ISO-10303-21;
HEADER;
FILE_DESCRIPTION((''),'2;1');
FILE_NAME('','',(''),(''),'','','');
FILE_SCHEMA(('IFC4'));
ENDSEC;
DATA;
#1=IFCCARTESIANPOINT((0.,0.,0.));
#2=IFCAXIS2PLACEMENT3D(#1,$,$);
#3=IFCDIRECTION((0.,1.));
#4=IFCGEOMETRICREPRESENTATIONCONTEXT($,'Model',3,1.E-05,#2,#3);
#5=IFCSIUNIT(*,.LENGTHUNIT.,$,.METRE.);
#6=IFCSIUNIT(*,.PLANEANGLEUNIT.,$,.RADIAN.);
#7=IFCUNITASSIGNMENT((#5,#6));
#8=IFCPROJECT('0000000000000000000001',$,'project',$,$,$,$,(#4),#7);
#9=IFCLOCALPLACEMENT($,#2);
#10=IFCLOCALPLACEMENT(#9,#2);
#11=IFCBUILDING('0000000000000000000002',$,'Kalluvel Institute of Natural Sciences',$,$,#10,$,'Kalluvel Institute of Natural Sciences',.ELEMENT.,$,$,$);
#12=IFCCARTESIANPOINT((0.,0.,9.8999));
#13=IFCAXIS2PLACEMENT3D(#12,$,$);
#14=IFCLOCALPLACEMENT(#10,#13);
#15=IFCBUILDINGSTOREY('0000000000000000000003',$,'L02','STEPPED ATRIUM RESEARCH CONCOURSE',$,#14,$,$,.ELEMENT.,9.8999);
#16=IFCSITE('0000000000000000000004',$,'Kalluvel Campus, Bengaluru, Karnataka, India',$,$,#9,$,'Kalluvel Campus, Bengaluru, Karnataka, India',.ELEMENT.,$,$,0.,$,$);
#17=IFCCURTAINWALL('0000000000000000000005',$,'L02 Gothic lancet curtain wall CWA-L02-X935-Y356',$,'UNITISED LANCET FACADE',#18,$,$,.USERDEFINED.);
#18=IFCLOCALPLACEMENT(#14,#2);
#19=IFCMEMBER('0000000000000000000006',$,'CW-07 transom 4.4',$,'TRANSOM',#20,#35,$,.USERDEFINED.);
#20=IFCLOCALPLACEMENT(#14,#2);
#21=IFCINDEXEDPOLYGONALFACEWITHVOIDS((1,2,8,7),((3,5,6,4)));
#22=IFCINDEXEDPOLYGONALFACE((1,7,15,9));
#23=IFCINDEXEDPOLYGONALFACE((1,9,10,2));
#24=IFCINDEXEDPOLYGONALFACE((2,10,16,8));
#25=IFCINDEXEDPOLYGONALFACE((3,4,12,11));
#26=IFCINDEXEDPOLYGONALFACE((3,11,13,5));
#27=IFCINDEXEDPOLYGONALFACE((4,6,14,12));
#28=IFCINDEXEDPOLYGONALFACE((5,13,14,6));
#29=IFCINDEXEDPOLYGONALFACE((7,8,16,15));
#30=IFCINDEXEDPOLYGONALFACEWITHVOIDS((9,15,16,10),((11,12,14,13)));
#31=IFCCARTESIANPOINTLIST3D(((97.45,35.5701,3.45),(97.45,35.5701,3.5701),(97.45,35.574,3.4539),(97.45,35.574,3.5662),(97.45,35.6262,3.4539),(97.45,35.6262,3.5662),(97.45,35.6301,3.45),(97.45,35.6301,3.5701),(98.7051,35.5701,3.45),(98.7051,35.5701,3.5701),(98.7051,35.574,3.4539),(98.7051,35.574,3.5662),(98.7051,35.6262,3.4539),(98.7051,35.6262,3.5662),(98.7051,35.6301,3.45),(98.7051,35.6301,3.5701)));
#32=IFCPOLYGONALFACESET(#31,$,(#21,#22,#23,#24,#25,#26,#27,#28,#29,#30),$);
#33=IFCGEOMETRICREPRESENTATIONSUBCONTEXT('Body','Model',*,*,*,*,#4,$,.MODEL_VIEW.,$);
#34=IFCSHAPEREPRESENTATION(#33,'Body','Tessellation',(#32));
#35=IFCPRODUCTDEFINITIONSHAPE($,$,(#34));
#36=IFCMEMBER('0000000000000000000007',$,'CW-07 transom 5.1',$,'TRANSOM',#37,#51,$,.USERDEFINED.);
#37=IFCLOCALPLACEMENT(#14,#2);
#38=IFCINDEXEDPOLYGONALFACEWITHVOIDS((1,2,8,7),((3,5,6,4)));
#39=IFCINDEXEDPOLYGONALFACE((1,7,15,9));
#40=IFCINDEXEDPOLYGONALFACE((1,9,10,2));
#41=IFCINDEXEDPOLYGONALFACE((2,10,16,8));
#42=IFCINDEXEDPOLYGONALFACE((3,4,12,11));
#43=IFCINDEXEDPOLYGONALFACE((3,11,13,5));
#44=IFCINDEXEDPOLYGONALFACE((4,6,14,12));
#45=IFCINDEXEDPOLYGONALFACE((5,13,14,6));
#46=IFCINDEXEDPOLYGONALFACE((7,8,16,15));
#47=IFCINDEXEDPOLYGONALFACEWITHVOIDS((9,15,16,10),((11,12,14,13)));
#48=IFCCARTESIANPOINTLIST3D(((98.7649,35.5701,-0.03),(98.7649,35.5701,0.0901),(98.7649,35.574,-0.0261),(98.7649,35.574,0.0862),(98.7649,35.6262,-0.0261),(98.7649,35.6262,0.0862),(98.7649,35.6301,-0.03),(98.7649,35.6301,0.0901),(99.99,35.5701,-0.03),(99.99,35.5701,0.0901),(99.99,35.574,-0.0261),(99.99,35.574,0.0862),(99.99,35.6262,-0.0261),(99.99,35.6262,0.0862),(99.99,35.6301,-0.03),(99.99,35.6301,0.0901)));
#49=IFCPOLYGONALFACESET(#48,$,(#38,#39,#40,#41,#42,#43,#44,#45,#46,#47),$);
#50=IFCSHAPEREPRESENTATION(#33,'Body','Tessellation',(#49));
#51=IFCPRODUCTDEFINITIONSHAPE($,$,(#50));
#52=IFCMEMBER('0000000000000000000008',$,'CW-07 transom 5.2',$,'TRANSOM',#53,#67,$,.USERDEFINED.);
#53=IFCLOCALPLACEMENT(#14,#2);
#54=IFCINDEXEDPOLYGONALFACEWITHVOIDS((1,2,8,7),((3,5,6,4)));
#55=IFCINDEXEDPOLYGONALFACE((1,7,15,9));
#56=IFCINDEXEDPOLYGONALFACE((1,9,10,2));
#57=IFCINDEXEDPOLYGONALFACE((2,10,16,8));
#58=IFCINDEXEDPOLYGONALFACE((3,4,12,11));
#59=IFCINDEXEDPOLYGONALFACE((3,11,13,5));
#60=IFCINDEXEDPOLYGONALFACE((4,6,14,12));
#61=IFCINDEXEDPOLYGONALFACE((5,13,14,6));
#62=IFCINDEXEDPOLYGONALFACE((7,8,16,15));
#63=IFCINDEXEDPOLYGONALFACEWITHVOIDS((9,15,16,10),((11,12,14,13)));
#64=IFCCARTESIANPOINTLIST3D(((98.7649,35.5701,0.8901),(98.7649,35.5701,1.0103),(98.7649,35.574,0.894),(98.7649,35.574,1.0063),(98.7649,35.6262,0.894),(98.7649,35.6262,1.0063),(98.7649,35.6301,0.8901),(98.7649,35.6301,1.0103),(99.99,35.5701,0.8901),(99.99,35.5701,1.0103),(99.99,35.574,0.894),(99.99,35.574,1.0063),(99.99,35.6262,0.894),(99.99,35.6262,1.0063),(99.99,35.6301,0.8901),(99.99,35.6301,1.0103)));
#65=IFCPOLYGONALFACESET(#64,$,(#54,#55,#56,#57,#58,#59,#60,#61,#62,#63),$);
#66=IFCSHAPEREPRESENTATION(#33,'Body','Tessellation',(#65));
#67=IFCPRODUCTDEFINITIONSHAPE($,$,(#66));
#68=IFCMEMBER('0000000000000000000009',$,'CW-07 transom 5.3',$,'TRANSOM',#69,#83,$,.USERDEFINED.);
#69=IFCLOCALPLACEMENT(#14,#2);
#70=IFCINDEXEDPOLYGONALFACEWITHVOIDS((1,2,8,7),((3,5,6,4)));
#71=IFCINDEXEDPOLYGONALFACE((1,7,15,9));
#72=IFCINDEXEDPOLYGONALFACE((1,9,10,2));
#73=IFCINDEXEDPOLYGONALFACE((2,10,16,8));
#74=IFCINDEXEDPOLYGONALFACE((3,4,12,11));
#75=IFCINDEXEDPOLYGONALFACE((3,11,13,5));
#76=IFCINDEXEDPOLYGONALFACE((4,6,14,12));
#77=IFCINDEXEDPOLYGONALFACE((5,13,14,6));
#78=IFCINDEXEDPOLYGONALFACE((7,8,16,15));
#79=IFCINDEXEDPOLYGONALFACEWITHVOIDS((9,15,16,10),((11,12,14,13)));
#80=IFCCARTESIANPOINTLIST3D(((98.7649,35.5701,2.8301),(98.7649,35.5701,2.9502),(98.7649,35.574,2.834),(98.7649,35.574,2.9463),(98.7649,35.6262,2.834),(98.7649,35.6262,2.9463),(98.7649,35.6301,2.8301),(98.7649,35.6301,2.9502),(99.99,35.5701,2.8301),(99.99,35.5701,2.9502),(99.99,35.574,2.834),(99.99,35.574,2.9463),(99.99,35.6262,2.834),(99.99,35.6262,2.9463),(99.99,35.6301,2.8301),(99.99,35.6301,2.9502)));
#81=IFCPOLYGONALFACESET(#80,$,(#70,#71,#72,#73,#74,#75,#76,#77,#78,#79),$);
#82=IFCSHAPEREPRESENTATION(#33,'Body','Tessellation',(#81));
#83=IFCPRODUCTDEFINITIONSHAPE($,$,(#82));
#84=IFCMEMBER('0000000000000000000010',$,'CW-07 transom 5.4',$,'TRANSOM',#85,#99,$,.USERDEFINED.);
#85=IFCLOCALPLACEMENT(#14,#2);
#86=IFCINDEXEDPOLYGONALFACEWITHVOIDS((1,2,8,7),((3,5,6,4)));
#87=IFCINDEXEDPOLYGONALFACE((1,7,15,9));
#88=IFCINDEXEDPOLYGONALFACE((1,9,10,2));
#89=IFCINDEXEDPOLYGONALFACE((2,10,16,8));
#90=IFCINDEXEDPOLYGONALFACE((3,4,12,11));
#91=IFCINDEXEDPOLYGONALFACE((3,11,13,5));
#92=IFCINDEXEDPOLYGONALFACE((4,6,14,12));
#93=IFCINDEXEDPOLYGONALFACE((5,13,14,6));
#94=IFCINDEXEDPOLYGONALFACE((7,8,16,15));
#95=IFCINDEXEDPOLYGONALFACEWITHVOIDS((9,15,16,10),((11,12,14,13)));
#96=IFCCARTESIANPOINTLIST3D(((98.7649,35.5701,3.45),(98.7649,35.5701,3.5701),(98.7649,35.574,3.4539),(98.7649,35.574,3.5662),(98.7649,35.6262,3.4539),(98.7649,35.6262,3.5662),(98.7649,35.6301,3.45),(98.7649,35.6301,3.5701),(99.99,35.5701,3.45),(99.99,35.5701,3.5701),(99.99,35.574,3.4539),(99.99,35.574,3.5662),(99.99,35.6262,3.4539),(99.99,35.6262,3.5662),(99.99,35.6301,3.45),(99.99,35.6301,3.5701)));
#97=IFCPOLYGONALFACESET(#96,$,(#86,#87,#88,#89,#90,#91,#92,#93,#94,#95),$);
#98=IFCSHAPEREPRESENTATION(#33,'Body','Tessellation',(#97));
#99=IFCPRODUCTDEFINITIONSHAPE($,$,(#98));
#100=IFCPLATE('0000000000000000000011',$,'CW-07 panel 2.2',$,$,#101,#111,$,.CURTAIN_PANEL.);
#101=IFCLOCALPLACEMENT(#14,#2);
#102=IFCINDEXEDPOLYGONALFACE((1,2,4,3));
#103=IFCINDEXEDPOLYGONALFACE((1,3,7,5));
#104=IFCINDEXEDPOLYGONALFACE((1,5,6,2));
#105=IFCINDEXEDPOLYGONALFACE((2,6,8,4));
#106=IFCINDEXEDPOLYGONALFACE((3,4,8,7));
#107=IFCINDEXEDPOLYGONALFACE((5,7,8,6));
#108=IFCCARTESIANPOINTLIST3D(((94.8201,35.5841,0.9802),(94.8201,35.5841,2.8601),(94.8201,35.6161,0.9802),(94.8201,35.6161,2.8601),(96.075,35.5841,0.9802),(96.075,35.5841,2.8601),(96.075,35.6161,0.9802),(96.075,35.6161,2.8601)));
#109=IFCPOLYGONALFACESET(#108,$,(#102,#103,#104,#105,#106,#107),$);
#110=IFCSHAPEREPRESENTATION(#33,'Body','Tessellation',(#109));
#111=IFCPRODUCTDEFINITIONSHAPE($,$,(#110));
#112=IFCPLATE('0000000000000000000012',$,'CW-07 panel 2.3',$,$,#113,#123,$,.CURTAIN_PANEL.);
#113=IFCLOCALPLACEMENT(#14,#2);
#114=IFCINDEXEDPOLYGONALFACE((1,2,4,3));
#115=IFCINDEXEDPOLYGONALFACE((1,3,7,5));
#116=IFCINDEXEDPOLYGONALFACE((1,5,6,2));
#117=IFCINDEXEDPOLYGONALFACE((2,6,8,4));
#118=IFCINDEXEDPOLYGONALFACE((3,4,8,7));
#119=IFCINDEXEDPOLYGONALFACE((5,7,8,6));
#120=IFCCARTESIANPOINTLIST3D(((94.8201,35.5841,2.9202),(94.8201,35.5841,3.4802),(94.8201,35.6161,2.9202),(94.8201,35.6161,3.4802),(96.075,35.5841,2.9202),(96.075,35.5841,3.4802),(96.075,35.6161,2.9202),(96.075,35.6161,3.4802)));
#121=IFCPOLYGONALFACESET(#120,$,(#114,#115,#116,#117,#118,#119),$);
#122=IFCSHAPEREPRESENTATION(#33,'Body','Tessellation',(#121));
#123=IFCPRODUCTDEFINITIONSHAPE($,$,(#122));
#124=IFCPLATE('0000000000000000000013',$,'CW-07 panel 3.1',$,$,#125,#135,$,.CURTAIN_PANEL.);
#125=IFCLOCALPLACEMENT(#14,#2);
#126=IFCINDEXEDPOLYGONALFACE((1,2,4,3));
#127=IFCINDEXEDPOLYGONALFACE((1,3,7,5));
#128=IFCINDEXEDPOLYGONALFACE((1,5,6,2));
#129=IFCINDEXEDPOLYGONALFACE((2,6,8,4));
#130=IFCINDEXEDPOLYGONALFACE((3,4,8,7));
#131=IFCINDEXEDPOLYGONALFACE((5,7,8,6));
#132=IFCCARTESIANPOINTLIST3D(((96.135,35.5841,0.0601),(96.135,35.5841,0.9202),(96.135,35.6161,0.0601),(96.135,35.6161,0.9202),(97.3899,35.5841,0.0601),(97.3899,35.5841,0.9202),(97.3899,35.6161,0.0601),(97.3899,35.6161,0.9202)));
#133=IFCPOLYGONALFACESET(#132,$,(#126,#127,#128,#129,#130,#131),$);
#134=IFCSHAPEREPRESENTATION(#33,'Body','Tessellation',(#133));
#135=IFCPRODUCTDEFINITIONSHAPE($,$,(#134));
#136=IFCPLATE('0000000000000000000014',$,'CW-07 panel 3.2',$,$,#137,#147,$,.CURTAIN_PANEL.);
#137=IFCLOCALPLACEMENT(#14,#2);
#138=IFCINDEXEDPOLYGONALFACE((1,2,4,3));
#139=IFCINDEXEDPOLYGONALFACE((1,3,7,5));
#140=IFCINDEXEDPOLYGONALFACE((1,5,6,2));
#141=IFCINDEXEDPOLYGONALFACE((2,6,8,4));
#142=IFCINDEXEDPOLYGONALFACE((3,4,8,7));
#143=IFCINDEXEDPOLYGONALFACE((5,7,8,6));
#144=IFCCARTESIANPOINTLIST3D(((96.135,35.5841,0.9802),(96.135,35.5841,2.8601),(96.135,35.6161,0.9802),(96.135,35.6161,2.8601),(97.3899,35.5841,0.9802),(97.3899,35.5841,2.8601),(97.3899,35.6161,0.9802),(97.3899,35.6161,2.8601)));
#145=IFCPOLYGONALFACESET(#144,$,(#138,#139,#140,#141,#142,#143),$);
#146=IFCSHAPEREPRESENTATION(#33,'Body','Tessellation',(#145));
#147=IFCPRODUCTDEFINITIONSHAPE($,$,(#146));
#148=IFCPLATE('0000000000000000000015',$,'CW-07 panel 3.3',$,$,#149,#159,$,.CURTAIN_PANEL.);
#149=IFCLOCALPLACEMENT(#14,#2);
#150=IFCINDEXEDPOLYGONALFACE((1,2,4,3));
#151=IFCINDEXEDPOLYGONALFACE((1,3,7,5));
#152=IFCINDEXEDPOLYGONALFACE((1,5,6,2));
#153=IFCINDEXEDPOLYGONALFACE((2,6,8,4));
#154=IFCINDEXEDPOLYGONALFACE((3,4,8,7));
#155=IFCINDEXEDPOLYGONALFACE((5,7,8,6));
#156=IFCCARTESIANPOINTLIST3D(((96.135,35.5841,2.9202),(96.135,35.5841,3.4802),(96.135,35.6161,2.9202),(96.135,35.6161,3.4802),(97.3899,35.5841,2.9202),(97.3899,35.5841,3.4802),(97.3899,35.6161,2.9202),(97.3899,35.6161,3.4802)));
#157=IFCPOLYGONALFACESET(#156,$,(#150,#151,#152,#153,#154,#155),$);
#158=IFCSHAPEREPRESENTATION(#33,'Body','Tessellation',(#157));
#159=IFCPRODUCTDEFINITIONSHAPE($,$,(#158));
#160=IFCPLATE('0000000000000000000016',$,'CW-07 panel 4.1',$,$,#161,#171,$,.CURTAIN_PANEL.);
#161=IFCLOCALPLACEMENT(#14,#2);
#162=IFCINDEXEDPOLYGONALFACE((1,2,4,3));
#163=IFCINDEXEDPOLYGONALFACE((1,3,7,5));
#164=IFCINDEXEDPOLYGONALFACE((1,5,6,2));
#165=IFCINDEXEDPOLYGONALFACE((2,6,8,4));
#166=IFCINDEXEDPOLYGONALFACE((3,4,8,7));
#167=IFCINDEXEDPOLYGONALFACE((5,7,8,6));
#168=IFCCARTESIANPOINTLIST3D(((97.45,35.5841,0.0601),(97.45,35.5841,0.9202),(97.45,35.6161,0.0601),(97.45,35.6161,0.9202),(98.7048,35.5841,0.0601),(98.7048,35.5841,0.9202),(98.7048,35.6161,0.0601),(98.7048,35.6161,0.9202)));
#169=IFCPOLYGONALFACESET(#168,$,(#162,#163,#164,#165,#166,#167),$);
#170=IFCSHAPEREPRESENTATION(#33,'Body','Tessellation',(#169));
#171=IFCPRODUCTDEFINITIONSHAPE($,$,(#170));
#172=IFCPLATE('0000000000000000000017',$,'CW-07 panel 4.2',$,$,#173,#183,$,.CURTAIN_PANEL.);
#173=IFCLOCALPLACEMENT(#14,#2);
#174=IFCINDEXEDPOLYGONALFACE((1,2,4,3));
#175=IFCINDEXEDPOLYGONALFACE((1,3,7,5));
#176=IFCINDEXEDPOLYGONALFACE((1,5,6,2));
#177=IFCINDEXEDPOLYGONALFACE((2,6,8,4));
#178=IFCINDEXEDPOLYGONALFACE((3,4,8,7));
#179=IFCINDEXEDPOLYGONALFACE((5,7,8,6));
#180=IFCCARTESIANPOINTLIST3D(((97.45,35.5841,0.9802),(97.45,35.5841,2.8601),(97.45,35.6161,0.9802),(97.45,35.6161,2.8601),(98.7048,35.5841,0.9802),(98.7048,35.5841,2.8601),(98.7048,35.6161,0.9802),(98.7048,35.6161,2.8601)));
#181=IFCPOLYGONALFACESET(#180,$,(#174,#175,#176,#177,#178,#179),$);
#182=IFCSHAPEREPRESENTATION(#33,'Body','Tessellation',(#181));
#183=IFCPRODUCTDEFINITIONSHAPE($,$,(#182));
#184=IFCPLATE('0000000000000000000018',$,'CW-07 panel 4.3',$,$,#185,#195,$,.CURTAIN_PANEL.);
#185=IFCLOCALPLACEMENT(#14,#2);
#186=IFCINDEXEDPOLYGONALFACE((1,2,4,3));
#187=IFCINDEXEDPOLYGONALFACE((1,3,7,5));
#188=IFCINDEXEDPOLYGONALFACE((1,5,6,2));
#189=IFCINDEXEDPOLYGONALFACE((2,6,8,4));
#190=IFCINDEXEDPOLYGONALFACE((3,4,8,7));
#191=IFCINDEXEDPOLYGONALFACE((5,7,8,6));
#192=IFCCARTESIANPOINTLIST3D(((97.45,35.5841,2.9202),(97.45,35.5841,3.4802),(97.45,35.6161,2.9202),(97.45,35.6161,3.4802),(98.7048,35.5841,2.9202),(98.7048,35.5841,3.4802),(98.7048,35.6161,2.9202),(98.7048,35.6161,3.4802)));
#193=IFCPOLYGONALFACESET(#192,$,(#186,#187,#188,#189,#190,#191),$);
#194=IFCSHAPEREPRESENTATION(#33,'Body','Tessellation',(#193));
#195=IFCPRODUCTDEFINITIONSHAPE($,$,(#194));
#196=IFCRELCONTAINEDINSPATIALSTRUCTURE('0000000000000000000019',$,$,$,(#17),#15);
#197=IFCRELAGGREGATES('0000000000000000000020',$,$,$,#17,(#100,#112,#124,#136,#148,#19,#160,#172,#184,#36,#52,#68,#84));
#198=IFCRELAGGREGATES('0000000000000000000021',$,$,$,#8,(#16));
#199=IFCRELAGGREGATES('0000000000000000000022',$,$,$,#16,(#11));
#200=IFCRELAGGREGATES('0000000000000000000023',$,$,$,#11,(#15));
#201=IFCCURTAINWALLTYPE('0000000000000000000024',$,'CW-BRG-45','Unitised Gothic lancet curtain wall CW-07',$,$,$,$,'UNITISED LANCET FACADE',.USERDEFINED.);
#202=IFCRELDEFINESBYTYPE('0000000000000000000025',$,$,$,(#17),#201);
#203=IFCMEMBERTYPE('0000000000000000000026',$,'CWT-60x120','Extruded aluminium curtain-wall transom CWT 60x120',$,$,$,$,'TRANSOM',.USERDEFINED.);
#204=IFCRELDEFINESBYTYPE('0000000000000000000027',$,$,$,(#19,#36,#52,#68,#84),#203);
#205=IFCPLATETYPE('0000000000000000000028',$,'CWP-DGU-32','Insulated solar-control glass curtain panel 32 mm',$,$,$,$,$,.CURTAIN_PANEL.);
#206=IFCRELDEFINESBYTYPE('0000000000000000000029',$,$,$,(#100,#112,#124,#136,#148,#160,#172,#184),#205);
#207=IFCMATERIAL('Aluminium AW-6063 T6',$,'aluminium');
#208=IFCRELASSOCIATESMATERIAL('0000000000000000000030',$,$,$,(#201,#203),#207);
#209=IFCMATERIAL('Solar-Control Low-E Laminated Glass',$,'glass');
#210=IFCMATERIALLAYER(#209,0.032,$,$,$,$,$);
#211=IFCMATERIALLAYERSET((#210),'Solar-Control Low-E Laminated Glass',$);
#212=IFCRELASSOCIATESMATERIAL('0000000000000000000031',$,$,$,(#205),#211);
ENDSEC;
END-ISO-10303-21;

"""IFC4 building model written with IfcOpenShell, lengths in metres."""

from ifc_helpers import new_model, si_unit, direction, frame, origin, origin_2d, place, context, subcontext, project, spatial, rectangle, hollow_rectangle, extrude, material, layer, layer_set, material_profile, profile_set, type_object, element, aggregate, save


model = new_model("IFC4")

# Units and contexts
model_context = context("Model", 3, precision=1e-05, world=origin(), true_north=direction((0.0, 1.0)))
body_context = subcontext(model_context, "Body", "Model", "MODEL_VIEW")
ifc_project = project(units=[si_unit("LENGTHUNIT", "METRE"), si_unit("PLANEANGLEUNIT", "RADIAN")], contexts=[model_context])

# Site, building, storey
site_placement = place(None, origin())
site = spatial("IfcSite", under=ifc_project, at=site_placement, Name="Kalluvel Campus, Bengaluru, Karnataka, India", LongName="Kalluvel Campus, Bengaluru, Karnataka, India", CompositionType="ELEMENT", RefElevation=0.0)
building_placement = place(site_placement, origin())
building = spatial("IfcBuilding", under=site, at=building_placement, Name="Kalluvel Institute of Natural Sciences", LongName="Kalluvel Institute of Natural Sciences", CompositionType="ELEMENT")
storey_placement = place(building_placement, frame((0.0, 0.0, 9.8999)))
storey = spatial("IfcBuildingStorey", under=building, at=storey_placement, Name="L02", Description="STEPPED ATRIUM RESEARCH CONCOURSE", CompositionType="ELEMENT", Elevation=9.8999)

# Curtain wall, members, plates
ifc_material_1 = material(Name="Aluminium AW-6063 T6", Category="aluminium")
curtain_wall_type = type_object("IfcCurtainWallType", Name="CW-BRG-45", Description="Unitised Gothic lancet curtain wall CW-07", ElementType="UNITISED LANCET FACADE", PredefinedType="USERDEFINED", material=ifc_material_1)
curtain_wall_placement = place(storey_placement, origin())
curtain_wall = element("IfcCurtainWall", 1, at=curtain_wall_placement, inside=storey, type_object=curtain_wall_type, Name="L02 Gothic lancet curtain wall CWA-L02-X935-Y356", ObjectType="UNITISED LANCET FACADE", PredefinedType="USERDEFINED")
ifc_material_profile_1 = material_profile(ifc_material_1, hollow_rectangle(XDim=0.0601, YDim=0.1201, WallThickness=0.0039, at=origin_2d()), Name="CWT 60x120")
ifc_profile_set_1 = profile_set([ifc_material_profile_1], Name="Aluminium AW-6063 T6")
member_type_1 = type_object("IfcMemberType", Name="CWT-60x120", Description="Extruded aluminium curtain-wall transom CWT 60x120", ElementType="TRANSOM", PredefinedType="USERDEFINED", material=ifc_profile_set_1)
member_1_placement = place(storey_placement, frame((97.45, 35.6001, 3.51), z_axis=(1.0, 0.0, 0.0), x_axis=(0.0, 1.0, 0.0)))
member_1 = element("IfcMember", 2, at=member_1_placement, type_object=member_type_1, Name="CW-07 transom 4.4", ObjectType="TRANSOM", PredefinedType="USERDEFINED", context=body_context, shape_type="SweptSolid", body=[
    extrude(hollow_rectangle(XDim=0.0601, YDim=0.1201, WallThickness=0.0039, at=origin_2d()), origin(), (0.0, 0.0, 1.0), 1.2551),
])
member_2_placement = place(storey_placement, frame((98.7649, 35.6001, 0.03), z_axis=(1.0, 0.0, 0.0), x_axis=(0.0, 1.0, 0.0)))
member_2 = element("IfcMember", 3, at=member_2_placement, type_object=member_type_1, Name="CW-07 transom 5.1", ObjectType="TRANSOM", PredefinedType="USERDEFINED", context=body_context, shape_type="SweptSolid", body=[
    extrude(hollow_rectangle(XDim=0.0601, YDim=0.1201, WallThickness=0.0039, at=origin_2d()), origin(), (0.0, 0.0, 1.0), 1.2251),
])
member_3_placement = place(storey_placement, frame((98.7649, 35.6001, 0.9502), z_axis=(1.0, 0.0, 0.0), x_axis=(0.0, 1.0, 0.0)))
member_3 = element("IfcMember", 4, at=member_3_placement, type_object=member_type_1, Name="CW-07 transom 5.2", ObjectType="TRANSOM", PredefinedType="USERDEFINED", context=body_context, shape_type="SweptSolid", body=[
    extrude(hollow_rectangle(XDim=0.0601, YDim=0.1201, WallThickness=0.0039, at=origin_2d()), origin(), (0.0, 0.0, 1.0), 1.2251),
])
member_4_placement = place(storey_placement, frame((98.7649, 35.6001, 2.8901), z_axis=(1.0, 0.0, 0.0), x_axis=(0.0, 1.0, 0.0)))
member_4 = element("IfcMember", 5, at=member_4_placement, type_object=member_type_1, Name="CW-07 transom 5.3", ObjectType="TRANSOM", PredefinedType="USERDEFINED", context=body_context, shape_type="SweptSolid", body=[
    extrude(hollow_rectangle(XDim=0.0601, YDim=0.1201, WallThickness=0.0039, at=origin_2d()), origin(), (0.0, 0.0, 1.0), 1.2251),
])
member_5_placement = place(storey_placement, frame((98.7649, 35.6001, 3.51), z_axis=(1.0, 0.0, 0.0), x_axis=(0.0, 1.0, 0.0)))
member_5 = element("IfcMember", 6, at=member_5_placement, type_object=member_type_1, Name="CW-07 transom 5.4", ObjectType="TRANSOM", PredefinedType="USERDEFINED", context=body_context, shape_type="SweptSolid", body=[
    extrude(hollow_rectangle(XDim=0.0601, YDim=0.1201, WallThickness=0.0039, at=origin_2d()), origin(), (0.0, 0.0, 1.0), 1.2251),
])
ifc_material_2 = material(Name="Solar-Control Low-E Laminated Glass", Category="glass")
ifc_layer = layer(ifc_material_2, 0.032)
ifc_layer_set = layer_set([ifc_layer], Name="Solar-Control Low-E Laminated Glass")
plate_type = type_object("IfcPlateType", Name="CWP-DGU-32", Description="Insulated solar-control glass curtain panel 32 mm", PredefinedType="CURTAIN_PANEL", material=ifc_layer_set)
plate_1_placement = place(storey_placement, frame((95.4475, 35.6001, 0.9802), z_axis=(0.0, 0.0, 1.0), x_axis=(1.0, 0.0, 0.0)))
plate_1 = element("IfcPlate", 7, at=plate_1_placement, type_object=plate_type, Name="CW-07 panel 2.2", PredefinedType="CURTAIN_PANEL", context=body_context, shape_type="SweptSolid", body=[
    extrude(rectangle(XDim=1.2549, YDim=0.032, at=origin_2d()), origin(), (0.0, 0.0, 1.0), 1.8799),
])
plate_2_placement = place(storey_placement, frame((95.4475, 35.6001, 2.9202), z_axis=(0.0, 0.0, 1.0), x_axis=(1.0, 0.0, 0.0)))
plate_2 = element("IfcPlate", 8, at=plate_2_placement, type_object=plate_type, Name="CW-07 panel 2.3", PredefinedType="CURTAIN_PANEL", context=body_context, shape_type="SweptSolid", body=[
    extrude(rectangle(XDim=1.2549, YDim=0.032, at=origin_2d()), origin(), (0.0, 0.0, 1.0), 0.5601),
])
plate_3_placement = place(storey_placement, frame((96.7625, 35.6001, 0.0601), z_axis=(0.0, 0.0, 1.0), x_axis=(1.0, 0.0, 0.0)))
plate_3 = element("IfcPlate", 9, at=plate_3_placement, type_object=plate_type, Name="CW-07 panel 3.1", PredefinedType="CURTAIN_PANEL", context=body_context, shape_type="SweptSolid", body=[
    extrude(rectangle(XDim=1.2549, YDim=0.032, at=origin_2d()), origin(), (0.0, 0.0, 1.0), 0.8601),
])
plate_4_placement = place(storey_placement, frame((96.7625, 35.6001, 0.9802), z_axis=(0.0, 0.0, 1.0), x_axis=(1.0, 0.0, 0.0)))
plate_4 = element("IfcPlate", 10, at=plate_4_placement, type_object=plate_type, Name="CW-07 panel 3.2", PredefinedType="CURTAIN_PANEL", context=body_context, shape_type="SweptSolid", body=[
    extrude(rectangle(XDim=1.2549, YDim=0.032, at=origin_2d()), origin(), (0.0, 0.0, 1.0), 1.8799),
])
plate_5_placement = place(storey_placement, frame((96.7625, 35.6001, 2.9202), z_axis=(0.0, 0.0, 1.0), x_axis=(1.0, 0.0, 0.0)))
plate_5 = element("IfcPlate", 11, at=plate_5_placement, type_object=plate_type, Name="CW-07 panel 3.3", PredefinedType="CURTAIN_PANEL", context=body_context, shape_type="SweptSolid", body=[
    extrude(rectangle(XDim=1.2549, YDim=0.032, at=origin_2d()), origin(), (0.0, 0.0, 1.0), 0.5601),
])
plate_6_placement = place(storey_placement, frame((98.0774, 35.6001, 0.0601), z_axis=(0.0, 0.0, 1.0), x_axis=(1.0, 0.0, 0.0)))
plate_6 = element("IfcPlate", 12, at=plate_6_placement, type_object=plate_type, Name="CW-07 panel 4.1", PredefinedType="CURTAIN_PANEL", context=body_context, shape_type="SweptSolid", body=[
    extrude(rectangle(XDim=1.2549, YDim=0.032, at=origin_2d()), origin(), (0.0, 0.0, 1.0), 0.8601),
])
plate_7_placement = place(storey_placement, frame((98.0774, 35.6001, 0.9802), z_axis=(0.0, 0.0, 1.0), x_axis=(1.0, 0.0, 0.0)))
plate_7 = element("IfcPlate", 13, at=plate_7_placement, type_object=plate_type, Name="CW-07 panel 4.2", PredefinedType="CURTAIN_PANEL", context=body_context, shape_type="SweptSolid", body=[
    extrude(rectangle(XDim=1.2549, YDim=0.032, at=origin_2d()), origin(), (0.0, 0.0, 1.0), 1.8799),
])
plate_8_placement = place(storey_placement, frame((98.0774, 35.6001, 2.9202), z_axis=(0.0, 0.0, 1.0), x_axis=(1.0, 0.0, 0.0)))
plate_8 = element("IfcPlate", 14, at=plate_8_placement, type_object=plate_type, Name="CW-07 panel 4.3", PredefinedType="CURTAIN_PANEL", context=body_context, shape_type="SweptSolid", body=[
    extrude(rectangle(XDim=1.2549, YDim=0.032, at=origin_2d()), origin(), (0.0, 0.0, 1.0), 0.5601),
])
aggregate(curtain_wall, [plate_1, plate_2, plate_3, plate_4, plate_5, member_1, plate_6, plate_7, plate_8, member_2, member_3, member_4, member_5])

save(model, "model.ifc")
